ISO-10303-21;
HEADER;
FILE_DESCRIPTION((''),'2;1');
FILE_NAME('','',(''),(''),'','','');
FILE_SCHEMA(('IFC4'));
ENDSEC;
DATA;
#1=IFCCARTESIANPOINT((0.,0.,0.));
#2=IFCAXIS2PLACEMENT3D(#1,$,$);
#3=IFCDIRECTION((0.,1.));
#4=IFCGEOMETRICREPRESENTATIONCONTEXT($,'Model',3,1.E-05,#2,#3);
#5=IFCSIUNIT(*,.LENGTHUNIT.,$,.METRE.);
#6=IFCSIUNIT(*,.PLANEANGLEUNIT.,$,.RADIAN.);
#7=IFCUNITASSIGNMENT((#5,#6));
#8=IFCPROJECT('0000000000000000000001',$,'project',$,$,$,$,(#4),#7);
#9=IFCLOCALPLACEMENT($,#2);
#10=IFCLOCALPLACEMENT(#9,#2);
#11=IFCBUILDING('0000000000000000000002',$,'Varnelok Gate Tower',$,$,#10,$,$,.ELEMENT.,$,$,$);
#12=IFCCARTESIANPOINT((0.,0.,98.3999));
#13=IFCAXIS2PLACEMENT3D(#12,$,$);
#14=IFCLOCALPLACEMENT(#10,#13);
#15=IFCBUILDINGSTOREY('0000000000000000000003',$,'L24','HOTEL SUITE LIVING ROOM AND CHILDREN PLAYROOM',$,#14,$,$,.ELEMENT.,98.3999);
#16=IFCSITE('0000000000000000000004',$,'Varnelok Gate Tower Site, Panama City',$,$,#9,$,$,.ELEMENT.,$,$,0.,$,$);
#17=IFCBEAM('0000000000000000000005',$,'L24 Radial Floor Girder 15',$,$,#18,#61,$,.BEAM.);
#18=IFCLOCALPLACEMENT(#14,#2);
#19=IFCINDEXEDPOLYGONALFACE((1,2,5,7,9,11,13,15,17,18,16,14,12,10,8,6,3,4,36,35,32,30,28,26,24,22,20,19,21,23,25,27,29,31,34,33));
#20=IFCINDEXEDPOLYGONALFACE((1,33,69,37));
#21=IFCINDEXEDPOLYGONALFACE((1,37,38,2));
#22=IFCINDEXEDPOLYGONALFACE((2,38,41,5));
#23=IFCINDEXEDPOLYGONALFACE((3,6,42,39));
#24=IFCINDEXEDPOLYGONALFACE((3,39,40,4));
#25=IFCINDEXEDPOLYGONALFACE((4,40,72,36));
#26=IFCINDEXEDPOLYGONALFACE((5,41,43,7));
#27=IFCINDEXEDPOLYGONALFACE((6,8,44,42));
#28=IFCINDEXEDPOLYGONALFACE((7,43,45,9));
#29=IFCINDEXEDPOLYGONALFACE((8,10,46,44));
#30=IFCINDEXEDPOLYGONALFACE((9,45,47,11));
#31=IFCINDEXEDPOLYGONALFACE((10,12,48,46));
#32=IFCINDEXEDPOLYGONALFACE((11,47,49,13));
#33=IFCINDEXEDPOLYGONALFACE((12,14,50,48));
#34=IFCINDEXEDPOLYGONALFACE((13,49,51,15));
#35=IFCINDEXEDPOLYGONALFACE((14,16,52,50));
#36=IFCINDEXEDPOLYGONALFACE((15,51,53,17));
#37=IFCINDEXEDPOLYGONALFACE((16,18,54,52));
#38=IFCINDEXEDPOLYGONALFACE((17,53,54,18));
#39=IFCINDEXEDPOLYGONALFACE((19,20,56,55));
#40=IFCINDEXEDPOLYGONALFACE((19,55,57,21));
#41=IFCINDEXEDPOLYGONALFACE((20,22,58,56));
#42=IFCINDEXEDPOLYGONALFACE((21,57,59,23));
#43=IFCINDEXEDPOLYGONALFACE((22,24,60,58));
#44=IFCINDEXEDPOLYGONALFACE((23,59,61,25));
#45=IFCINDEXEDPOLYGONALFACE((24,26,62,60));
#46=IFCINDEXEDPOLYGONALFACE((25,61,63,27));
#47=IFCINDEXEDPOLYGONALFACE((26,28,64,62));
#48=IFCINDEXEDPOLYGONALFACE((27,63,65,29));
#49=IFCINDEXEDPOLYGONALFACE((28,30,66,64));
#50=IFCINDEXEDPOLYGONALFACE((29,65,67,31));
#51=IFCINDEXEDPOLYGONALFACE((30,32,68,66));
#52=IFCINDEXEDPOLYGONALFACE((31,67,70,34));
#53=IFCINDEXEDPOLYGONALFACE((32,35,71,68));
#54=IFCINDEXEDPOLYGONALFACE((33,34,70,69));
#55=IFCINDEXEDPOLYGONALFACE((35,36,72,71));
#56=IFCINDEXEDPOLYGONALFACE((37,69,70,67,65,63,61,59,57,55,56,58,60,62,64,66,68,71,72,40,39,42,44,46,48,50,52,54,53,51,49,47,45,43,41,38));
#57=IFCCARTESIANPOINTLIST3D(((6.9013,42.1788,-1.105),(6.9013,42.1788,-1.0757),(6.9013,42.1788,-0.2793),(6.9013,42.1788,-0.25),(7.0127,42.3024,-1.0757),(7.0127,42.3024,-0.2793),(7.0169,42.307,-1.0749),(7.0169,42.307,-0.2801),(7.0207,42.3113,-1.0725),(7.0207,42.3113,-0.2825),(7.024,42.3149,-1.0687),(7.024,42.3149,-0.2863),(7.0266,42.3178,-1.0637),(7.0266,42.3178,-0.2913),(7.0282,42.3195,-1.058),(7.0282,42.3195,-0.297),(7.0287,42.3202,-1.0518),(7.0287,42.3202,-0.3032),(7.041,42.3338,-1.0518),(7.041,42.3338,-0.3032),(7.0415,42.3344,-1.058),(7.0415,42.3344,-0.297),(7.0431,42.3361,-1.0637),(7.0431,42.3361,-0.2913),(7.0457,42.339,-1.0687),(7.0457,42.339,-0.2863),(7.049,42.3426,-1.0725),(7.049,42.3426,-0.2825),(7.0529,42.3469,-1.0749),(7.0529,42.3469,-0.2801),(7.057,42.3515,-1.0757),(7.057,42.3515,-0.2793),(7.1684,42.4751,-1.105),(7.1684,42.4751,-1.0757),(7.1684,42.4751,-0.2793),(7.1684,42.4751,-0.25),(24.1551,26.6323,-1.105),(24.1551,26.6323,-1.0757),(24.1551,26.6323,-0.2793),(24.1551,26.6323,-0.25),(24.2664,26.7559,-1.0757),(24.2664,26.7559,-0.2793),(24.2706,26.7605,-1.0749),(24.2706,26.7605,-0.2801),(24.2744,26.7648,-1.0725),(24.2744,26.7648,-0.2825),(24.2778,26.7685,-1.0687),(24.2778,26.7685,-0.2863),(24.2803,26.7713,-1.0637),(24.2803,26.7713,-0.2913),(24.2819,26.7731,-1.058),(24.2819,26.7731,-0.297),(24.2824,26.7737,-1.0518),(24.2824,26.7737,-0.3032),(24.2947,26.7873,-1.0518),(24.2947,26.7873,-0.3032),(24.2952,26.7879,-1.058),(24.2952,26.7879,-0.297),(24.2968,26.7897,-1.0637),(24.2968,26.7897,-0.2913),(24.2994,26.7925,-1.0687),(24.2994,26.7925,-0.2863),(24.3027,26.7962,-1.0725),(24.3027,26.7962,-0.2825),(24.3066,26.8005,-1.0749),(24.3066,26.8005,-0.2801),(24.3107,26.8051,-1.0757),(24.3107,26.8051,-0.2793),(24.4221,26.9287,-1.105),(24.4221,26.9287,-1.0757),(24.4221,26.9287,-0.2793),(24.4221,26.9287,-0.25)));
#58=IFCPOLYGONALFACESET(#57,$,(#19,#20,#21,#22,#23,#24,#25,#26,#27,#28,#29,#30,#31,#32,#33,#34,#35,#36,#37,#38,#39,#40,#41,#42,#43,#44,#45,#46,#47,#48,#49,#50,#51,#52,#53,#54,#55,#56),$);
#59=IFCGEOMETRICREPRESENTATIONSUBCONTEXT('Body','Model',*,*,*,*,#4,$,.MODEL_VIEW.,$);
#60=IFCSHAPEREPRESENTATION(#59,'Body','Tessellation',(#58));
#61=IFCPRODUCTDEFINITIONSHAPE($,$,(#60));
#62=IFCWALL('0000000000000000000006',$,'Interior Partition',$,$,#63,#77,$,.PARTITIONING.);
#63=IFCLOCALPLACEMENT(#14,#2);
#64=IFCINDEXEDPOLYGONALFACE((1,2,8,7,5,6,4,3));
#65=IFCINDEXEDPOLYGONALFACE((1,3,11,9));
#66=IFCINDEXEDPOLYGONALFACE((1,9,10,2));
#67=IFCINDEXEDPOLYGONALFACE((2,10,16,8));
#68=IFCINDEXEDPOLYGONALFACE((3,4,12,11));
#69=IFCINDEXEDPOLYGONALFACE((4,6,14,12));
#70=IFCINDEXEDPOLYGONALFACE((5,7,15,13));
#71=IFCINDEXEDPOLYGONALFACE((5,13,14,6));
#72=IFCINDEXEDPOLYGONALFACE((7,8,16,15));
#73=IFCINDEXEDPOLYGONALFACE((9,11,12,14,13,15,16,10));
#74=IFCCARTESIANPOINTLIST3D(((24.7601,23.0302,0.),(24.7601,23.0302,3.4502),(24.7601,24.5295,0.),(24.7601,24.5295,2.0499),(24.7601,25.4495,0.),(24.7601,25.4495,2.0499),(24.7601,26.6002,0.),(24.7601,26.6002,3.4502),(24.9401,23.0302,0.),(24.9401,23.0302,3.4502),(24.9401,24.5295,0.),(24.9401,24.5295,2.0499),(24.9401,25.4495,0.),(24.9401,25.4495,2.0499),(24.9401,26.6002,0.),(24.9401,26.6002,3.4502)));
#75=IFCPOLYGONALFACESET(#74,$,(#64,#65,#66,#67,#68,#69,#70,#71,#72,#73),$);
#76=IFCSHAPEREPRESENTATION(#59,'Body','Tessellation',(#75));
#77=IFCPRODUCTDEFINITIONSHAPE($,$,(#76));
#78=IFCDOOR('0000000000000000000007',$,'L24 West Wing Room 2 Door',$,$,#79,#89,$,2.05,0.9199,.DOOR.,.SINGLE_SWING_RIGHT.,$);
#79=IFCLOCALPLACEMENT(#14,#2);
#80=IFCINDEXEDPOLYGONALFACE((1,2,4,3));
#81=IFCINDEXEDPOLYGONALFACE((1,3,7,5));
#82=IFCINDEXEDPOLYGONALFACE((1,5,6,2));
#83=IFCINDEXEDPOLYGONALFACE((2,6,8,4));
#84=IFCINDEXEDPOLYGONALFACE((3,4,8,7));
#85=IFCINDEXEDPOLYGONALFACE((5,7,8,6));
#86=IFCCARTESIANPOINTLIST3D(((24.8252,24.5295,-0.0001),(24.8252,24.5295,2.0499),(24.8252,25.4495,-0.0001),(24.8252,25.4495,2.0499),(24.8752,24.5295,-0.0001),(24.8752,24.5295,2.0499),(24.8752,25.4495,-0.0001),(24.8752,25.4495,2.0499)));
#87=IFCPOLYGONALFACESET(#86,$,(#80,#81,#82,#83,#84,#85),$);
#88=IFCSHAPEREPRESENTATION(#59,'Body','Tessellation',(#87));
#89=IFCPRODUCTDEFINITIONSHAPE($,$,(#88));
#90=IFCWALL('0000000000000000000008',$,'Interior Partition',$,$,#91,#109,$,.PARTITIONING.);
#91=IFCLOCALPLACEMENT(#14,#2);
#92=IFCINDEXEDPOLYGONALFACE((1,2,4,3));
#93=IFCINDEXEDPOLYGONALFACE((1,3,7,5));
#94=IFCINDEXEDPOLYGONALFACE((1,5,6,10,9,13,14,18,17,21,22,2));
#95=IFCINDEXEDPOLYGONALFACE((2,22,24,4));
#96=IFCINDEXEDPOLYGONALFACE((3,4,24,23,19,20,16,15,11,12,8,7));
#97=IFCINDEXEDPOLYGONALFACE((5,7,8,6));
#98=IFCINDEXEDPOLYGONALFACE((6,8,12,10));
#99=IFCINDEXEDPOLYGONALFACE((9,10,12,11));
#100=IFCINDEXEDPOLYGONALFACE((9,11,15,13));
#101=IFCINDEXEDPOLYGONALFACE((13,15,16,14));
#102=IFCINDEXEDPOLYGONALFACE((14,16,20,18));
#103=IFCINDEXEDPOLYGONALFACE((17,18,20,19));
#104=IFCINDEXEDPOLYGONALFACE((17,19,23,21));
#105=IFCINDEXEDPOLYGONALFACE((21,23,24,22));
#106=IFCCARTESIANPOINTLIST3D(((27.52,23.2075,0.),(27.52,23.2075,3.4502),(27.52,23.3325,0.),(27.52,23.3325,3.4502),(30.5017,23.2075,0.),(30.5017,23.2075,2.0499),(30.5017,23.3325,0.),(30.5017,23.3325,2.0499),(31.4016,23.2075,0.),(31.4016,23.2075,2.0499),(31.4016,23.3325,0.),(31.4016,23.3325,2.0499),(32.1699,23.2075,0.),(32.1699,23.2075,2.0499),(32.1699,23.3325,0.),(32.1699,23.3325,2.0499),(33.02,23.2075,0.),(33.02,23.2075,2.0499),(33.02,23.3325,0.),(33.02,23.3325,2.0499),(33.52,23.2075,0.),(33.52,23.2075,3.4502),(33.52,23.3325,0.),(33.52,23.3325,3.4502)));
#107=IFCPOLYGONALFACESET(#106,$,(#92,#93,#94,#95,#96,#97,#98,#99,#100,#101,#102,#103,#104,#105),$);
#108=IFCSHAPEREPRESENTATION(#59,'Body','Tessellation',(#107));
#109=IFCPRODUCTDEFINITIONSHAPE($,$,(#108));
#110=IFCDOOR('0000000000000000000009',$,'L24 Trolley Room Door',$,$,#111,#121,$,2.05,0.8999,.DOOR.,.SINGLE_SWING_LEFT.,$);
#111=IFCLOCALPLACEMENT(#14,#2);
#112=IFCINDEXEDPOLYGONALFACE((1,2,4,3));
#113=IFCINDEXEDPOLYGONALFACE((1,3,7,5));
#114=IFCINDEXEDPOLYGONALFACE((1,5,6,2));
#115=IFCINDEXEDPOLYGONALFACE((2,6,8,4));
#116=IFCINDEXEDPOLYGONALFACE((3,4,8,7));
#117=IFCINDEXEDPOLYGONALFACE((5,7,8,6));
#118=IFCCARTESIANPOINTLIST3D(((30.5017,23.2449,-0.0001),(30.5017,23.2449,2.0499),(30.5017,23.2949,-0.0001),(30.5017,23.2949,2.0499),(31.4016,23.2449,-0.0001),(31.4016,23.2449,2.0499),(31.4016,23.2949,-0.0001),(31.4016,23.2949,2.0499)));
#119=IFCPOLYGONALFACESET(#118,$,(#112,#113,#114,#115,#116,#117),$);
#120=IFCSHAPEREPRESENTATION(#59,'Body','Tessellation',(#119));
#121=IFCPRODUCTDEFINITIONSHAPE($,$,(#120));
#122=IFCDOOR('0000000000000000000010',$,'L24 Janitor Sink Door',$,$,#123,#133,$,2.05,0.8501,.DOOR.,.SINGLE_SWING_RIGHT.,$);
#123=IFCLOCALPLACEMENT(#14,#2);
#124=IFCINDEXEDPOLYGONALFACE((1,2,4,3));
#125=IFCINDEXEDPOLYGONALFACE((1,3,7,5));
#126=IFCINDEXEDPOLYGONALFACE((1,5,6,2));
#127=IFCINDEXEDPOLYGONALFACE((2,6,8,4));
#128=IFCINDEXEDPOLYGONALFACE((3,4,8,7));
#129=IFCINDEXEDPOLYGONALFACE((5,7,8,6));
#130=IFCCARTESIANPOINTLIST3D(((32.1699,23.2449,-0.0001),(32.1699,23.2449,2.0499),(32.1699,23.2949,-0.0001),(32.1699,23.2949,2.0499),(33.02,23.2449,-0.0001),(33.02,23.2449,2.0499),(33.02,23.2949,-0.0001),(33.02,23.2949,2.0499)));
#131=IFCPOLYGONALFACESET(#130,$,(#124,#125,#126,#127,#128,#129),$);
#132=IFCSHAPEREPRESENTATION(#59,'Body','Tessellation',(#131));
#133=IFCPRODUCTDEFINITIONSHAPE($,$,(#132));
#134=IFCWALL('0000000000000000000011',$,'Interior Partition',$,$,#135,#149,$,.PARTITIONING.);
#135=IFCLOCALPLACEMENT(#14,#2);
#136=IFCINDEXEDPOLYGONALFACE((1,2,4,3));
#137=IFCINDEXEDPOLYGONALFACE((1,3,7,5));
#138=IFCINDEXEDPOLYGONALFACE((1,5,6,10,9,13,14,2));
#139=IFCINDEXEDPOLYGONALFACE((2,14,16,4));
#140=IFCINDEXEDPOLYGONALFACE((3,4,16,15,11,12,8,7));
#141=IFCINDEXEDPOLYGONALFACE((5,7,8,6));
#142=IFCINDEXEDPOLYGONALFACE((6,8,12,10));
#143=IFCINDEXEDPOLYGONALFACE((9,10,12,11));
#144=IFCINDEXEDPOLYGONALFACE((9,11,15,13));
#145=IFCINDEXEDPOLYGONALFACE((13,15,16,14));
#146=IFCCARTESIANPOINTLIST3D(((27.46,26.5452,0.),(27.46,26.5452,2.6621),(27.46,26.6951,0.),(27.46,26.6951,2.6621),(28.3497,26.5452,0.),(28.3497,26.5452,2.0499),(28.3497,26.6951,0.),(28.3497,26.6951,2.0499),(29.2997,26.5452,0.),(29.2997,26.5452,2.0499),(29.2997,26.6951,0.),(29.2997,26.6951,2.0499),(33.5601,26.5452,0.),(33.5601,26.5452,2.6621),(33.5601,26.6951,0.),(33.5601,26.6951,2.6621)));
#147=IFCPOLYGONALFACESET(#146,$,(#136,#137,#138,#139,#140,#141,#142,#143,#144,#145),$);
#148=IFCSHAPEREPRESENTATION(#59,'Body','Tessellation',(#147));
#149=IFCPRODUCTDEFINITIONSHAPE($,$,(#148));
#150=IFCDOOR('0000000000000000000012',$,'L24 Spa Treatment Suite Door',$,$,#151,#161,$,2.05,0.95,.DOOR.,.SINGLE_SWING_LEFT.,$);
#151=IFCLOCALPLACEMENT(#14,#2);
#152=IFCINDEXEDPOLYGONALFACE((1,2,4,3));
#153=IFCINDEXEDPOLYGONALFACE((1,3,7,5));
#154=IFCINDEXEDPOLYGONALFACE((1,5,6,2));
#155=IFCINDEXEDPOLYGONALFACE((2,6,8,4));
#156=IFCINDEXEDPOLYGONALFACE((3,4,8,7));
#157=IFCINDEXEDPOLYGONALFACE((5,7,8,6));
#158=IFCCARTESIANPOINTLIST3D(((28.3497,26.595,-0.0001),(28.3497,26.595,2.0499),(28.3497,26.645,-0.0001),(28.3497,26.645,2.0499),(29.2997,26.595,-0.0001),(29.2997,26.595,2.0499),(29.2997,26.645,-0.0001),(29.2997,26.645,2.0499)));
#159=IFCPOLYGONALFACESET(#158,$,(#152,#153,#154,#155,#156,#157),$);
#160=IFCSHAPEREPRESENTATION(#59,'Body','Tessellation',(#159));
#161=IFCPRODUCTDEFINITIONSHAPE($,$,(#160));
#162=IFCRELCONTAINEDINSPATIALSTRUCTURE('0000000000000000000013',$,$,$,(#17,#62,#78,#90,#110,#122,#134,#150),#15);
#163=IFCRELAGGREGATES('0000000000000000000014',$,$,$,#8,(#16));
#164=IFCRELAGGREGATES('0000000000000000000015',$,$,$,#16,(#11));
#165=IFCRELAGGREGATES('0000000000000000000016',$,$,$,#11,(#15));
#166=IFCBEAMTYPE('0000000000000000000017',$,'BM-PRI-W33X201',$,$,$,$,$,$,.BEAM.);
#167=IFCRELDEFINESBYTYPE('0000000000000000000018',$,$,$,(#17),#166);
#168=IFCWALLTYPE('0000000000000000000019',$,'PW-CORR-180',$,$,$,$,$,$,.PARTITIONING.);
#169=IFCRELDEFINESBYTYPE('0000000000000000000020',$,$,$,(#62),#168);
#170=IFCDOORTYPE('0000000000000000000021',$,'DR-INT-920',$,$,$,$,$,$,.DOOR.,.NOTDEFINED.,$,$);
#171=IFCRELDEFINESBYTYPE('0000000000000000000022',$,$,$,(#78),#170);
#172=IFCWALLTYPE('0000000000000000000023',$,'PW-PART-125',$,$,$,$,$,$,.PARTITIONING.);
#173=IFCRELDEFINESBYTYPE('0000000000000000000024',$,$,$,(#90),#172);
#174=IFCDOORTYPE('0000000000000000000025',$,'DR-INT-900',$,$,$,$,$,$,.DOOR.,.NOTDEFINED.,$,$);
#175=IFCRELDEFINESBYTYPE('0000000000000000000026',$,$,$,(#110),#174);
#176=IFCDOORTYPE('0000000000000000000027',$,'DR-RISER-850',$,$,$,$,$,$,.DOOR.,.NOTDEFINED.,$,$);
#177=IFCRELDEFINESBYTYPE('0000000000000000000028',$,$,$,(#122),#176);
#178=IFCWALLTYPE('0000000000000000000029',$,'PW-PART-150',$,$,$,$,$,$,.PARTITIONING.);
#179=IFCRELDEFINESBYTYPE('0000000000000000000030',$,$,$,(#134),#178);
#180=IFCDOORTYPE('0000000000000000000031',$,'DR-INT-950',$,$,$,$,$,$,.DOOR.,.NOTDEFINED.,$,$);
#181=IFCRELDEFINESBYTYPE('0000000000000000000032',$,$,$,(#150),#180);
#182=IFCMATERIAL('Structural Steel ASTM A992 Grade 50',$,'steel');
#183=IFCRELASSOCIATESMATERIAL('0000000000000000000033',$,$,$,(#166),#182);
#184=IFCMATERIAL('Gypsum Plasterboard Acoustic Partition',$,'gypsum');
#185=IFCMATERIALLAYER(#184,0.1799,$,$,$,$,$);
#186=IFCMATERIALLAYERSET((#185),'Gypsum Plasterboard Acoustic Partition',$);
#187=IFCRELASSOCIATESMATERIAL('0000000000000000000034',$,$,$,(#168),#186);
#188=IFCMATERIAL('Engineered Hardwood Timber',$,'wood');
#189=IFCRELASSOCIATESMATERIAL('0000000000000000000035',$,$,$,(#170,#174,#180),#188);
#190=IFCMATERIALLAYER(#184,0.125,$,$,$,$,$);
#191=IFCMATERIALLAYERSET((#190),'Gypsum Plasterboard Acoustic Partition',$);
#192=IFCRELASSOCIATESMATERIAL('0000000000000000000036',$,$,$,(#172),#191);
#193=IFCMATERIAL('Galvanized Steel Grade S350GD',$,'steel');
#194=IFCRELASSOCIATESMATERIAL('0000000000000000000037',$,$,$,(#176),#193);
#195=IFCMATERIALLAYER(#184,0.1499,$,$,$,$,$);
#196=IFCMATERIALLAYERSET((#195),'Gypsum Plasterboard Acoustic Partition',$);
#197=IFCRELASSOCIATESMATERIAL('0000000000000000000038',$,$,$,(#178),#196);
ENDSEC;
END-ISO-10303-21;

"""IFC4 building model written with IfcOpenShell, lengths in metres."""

from ifc_helpers import new_model, si_unit, direction, frame, frame_2d, origin, origin_2d, place, context, subcontext, project, spatial, rectangle, i_section, extrude, material, layer, layer_set, material_profile, profile_set, type_object, element, fill, save


model = new_model("IFC4")

# Units and contexts
model_context = context("Model", 3, precision=1e-05, world=origin(), true_north=direction((0.0, 1.0)))
body_context = subcontext(model_context, "Body", "Model", "MODEL_VIEW")
ifc_project = project(units=[si_unit("LENGTHUNIT", "METRE"), si_unit("PLANEANGLEUNIT", "RADIAN")], contexts=[model_context])

# Site, building, storey
site_placement = place(None, origin())
site = spatial("IfcSite", under=ifc_project, at=site_placement, Name="Varnelok Gate Tower Site, Panama City", CompositionType="ELEMENT", RefElevation=0.0)
building_placement = place(site_placement, origin())
building = spatial("IfcBuilding", under=site, at=building_placement, Name="Varnelok Gate Tower", CompositionType="ELEMENT")
storey_placement = place(building_placement, frame((0.0, 0.0, 98.3999)))
storey = spatial("IfcBuildingStorey", under=building, at=storey_placement, Name="L24", Description="HOTEL SUITE LIVING ROOM AND CHILDREN PLAYROOM", CompositionType="ELEMENT", Elevation=98.3999)

# Shared definitions
ifc_material_1 = material(Name="Structural Steel ASTM A992 Grade 50", Category="steel")

# Beam
ifc_material_profile_1 = material_profile(ifc_material_1, i_section(OverallWidth=0.3989, OverallDepth=0.855, WebThickness=0.0183, FlangeThickness=0.0293, FilletRadius=0.0239, at=origin_2d()), Name="W33X201")
ifc_profile_set_1 = profile_set([ifc_material_profile_1], Name="Structural Steel ASTM A992 Grade 50")
beam_type_1 = type_object("IfcBeamType", Name="BM-PRI-W33X201", PredefinedType="BEAM", material=ifc_profile_set_1)
beam_1_placement = place(storey_placement, frame((24.2886, 26.7805, -0.6775), z_axis=(-0.742907, 0.669395, 0.0), x_axis=(-0.669395, -0.742907, 0.0)))
element("IfcBeam", 1, at=beam_1_placement, inside=storey, type_object=beam_type_1, Name="L24 Radial Floor Girder 15", PredefinedType="BEAM", context=body_context, shape_type="SweptSolid", body=[
    extrude(i_section(OverallWidth=0.3989, OverallDepth=0.855, WebThickness=0.0183, FlangeThickness=0.0293, FilletRadius=0.0239, at=origin_2d()), origin(), (0.0, 0.0, 1.0), 23.2246),
])

# Wall, opening, door
ifc_material_2 = material(Name="Gypsum Plasterboard Acoustic Partition", Category="gypsum")
ifc_layer_1 = layer(ifc_material_2, 0.1799)
ifc_layer_set_1 = layer_set([ifc_layer_1], Name="Gypsum Plasterboard Acoustic Partition")
wall_type_1 = type_object("IfcWallType", Name="PW-CORR-180", PredefinedType="PARTITIONING", material=ifc_layer_set_1)
wall_1_placement = place(storey_placement, frame((24.8501, 23.03, 0.0), z_axis=(0.0, 0.0, 1.0), x_axis=(0.0, 1.0, 0.0)))
wall_1 = element("IfcWall", 2, at=wall_1_placement, inside=storey, type_object=wall_type_1, Name="Interior Partition", PredefinedType="PARTITIONING", context=body_context, shape_type="SweptSolid", body=[
    extrude(rectangle(XDim=3.5701, YDim=0.1799, at=frame_2d((1.7852, 0.0))), origin(), (0.0, 0.0, 1.0), 3.4502),
])
opening_1_placement = place(wall_1_placement, frame((1.4995, 0.0, 0.0)))
opening_1 = element("IfcOpeningElement", 3, at=opening_1_placement, cuts=wall_1, PredefinedType="OPENING", context=body_context, shape_type="SweptSolid", body=[
    extrude(rectangle(XDim=0.9199, YDim=2.05, at=frame_2d((0.46, 1.0249))), frame((0.0, 0.0999, 0.0), z_axis=(0.0, -1.0, 0.0), x_axis=(1.0, 0.0, 0.0)), (0.0, 0.0, 1.0), 0.2),
])
ifc_material_3 = material(Name="Engineered Hardwood Timber", Category="wood")
door_type_1 = type_object("IfcDoorType", Name="DR-INT-920", OperationType="NOTDEFINED", PredefinedType="DOOR", material=ifc_material_3)
door_1_placement = place(opening_1_placement, origin())
door_1 = element("IfcDoor", 4, at=door_1_placement, inside=storey, type_object=door_type_1, Name="L24 West Wing Room 2 Door", OperationType="SINGLE_SWING_RIGHT", OverallHeight=2.05, OverallWidth=0.9199, PredefinedType="DOOR", context=body_context, shape_type="SweptSolid", body=[
    extrude(rectangle(XDim=0.9199, YDim=2.05, at=frame_2d((0.46, 1.0249))), frame((0.0, 0.0249, 0.0), z_axis=(0.0, -1.0, 0.0), x_axis=(1.0, 0.0, 0.0)), (0.0, 0.0, 1.0), 0.05),
])
fill(opening_1, door_1)

# Wall, openings, doors
ifc_layer_2 = layer(ifc_material_2, 0.125)
ifc_layer_set_2 = layer_set([ifc_layer_2], Name="Gypsum Plasterboard Acoustic Partition")
wall_type_2 = type_object("IfcWallType", Name="PW-PART-125", PredefinedType="PARTITIONING", material=ifc_layer_set_2)
wall_2_placement = place(storey_placement, frame((27.52, 23.27, 0.0), z_axis=(0.0, 0.0, 1.0), x_axis=(1.0, 0.0, 0.0)))
wall_2 = element("IfcWall", 5, at=wall_2_placement, inside=storey, type_object=wall_type_2, Name="Interior Partition", PredefinedType="PARTITIONING", context=body_context, shape_type="SweptSolid", body=[
    extrude(rectangle(XDim=6.0, YDim=0.125, at=frame_2d((3.0, 0.0))), origin(), (0.0, 0.0, 1.0), 3.4502),
])
opening_2_placement = place(wall_2_placement, frame((2.9817, 0.0, 0.0)))
opening_2 = element("IfcOpeningElement", 6, at=opening_2_placement, cuts=wall_2, PredefinedType="OPENING", context=body_context, shape_type="SweptSolid", body=[
    extrude(rectangle(XDim=0.8999, YDim=2.05, at=frame_2d((0.45, 1.0249))), frame((0.0, 0.0725, 0.0), z_axis=(0.0, -1.0, 0.0), x_axis=(1.0, 0.0, 0.0)), (0.0, 0.0, 1.0), 0.145),
])
opening_3_placement = place(wall_2_placement, frame((4.6499, 0.0, 0.0)))
opening_3 = element("IfcOpeningElement", 7, at=opening_3_placement, cuts=wall_2, PredefinedType="OPENING", context=body_context, shape_type="SweptSolid", body=[
    extrude(rectangle(XDim=0.8501, YDim=2.05, at=frame_2d((0.425, 1.0249))), frame((0.0, 0.0725, 0.0), z_axis=(0.0, -1.0, 0.0), x_axis=(1.0, 0.0, 0.0)), (0.0, 0.0, 1.0), 0.145),
])
door_type_2 = type_object("IfcDoorType", Name="DR-INT-900", OperationType="NOTDEFINED", PredefinedType="DOOR", material=ifc_material_3)
door_2_placement = place(opening_2_placement, origin())
door_2 = element("IfcDoor", 8, at=door_2_placement, inside=storey, type_object=door_type_2, Name="L24 Trolley Room Door", OperationType="SINGLE_SWING_LEFT", OverallHeight=2.05, OverallWidth=0.8999, PredefinedType="DOOR", context=body_context, shape_type="SweptSolid", body=[
    extrude(rectangle(XDim=0.8999, YDim=2.05, at=frame_2d((0.45, 1.0249))), frame((0.0, 0.0249, 0.0), z_axis=(0.0, -1.0, 0.0), x_axis=(1.0, 0.0, 0.0)), (0.0, 0.0, 1.0), 0.05),
])
fill(opening_2, door_2)
ifc_material_4 = material(Name="Galvanized Steel Grade S350GD", Category="steel")
door_type_3 = type_object("IfcDoorType", Name="DR-RISER-850", OperationType="NOTDEFINED", PredefinedType="DOOR", material=ifc_material_4)
door_3_placement = place(opening_3_placement, origin())
door_3 = element("IfcDoor", 9, at=door_3_placement, inside=storey, type_object=door_type_3, Name="L24 Janitor Sink Door", OperationType="SINGLE_SWING_RIGHT", OverallHeight=2.05, OverallWidth=0.8501, PredefinedType="DOOR", context=body_context, shape_type="SweptSolid", body=[
    extrude(rectangle(XDim=0.8501, YDim=2.05, at=frame_2d((0.425, 1.0249))), frame((0.0, 0.0249, 0.0), z_axis=(0.0, -1.0, 0.0), x_axis=(1.0, 0.0, 0.0)), (0.0, 0.0, 1.0), 0.05),
])
fill(opening_3, door_3)

# Wall, opening, door
ifc_layer_3 = layer(ifc_material_2, 0.1499)
ifc_layer_set_3 = layer_set([ifc_layer_3], Name="Gypsum Plasterboard Acoustic Partition")
wall_type_3 = type_object("IfcWallType", Name="PW-PART-150", PredefinedType="PARTITIONING", material=ifc_layer_set_3)
wall_3_placement = place(storey_placement, frame((27.46, 26.6201, 0.0), z_axis=(0.0, 0.0, 1.0), x_axis=(1.0, 0.0, 0.0)))
wall_3 = element("IfcWall", 10, at=wall_3_placement, inside=storey, type_object=wall_type_3, Name="Interior Partition", PredefinedType="PARTITIONING", context=body_context, shape_type="SweptSolid", body=[
    extrude(rectangle(XDim=6.1001, YDim=0.1499, at=frame_2d((3.05, 0.0))), origin(), (0.0, 0.0, 1.0), 2.6621),
])
opening_4_placement = place(wall_3_placement, frame((0.8896, 0.0, 0.0)))
opening_4 = element("IfcOpeningElement", 11, at=opening_4_placement, cuts=wall_3, PredefinedType="OPENING", context=body_context, shape_type="SweptSolid", body=[
    extrude(rectangle(XDim=0.95, YDim=2.05, at=frame_2d((0.4751, 1.0249))), frame((0.0, 0.085, 0.0), z_axis=(0.0, -1.0, 0.0), x_axis=(1.0, 0.0, 0.0)), (0.0, 0.0, 1.0), 0.1699),
])
door_type_4 = type_object("IfcDoorType", Name="DR-INT-950", OperationType="NOTDEFINED", PredefinedType="DOOR", material=ifc_material_3)
door_4_placement = place(opening_4_placement, origin())
door_4 = element("IfcDoor", 12, at=door_4_placement, inside=storey, type_object=door_type_4, Name="L24 Spa Treatment Suite Door", OperationType="SINGLE_SWING_LEFT", OverallHeight=2.05, OverallWidth=0.95, PredefinedType="DOOR", context=body_context, shape_type="SweptSolid", body=[
    extrude(rectangle(XDim=0.95, YDim=2.05, at=frame_2d((0.4751, 1.0249))), frame((0.0, 0.0249, 0.0), z_axis=(0.0, -1.0, 0.0), x_axis=(1.0, 0.0, 0.0)), (0.0, 0.0, 1.0), 0.05),
])
fill(opening_4, door_4)

save(model, "model.ifc")
